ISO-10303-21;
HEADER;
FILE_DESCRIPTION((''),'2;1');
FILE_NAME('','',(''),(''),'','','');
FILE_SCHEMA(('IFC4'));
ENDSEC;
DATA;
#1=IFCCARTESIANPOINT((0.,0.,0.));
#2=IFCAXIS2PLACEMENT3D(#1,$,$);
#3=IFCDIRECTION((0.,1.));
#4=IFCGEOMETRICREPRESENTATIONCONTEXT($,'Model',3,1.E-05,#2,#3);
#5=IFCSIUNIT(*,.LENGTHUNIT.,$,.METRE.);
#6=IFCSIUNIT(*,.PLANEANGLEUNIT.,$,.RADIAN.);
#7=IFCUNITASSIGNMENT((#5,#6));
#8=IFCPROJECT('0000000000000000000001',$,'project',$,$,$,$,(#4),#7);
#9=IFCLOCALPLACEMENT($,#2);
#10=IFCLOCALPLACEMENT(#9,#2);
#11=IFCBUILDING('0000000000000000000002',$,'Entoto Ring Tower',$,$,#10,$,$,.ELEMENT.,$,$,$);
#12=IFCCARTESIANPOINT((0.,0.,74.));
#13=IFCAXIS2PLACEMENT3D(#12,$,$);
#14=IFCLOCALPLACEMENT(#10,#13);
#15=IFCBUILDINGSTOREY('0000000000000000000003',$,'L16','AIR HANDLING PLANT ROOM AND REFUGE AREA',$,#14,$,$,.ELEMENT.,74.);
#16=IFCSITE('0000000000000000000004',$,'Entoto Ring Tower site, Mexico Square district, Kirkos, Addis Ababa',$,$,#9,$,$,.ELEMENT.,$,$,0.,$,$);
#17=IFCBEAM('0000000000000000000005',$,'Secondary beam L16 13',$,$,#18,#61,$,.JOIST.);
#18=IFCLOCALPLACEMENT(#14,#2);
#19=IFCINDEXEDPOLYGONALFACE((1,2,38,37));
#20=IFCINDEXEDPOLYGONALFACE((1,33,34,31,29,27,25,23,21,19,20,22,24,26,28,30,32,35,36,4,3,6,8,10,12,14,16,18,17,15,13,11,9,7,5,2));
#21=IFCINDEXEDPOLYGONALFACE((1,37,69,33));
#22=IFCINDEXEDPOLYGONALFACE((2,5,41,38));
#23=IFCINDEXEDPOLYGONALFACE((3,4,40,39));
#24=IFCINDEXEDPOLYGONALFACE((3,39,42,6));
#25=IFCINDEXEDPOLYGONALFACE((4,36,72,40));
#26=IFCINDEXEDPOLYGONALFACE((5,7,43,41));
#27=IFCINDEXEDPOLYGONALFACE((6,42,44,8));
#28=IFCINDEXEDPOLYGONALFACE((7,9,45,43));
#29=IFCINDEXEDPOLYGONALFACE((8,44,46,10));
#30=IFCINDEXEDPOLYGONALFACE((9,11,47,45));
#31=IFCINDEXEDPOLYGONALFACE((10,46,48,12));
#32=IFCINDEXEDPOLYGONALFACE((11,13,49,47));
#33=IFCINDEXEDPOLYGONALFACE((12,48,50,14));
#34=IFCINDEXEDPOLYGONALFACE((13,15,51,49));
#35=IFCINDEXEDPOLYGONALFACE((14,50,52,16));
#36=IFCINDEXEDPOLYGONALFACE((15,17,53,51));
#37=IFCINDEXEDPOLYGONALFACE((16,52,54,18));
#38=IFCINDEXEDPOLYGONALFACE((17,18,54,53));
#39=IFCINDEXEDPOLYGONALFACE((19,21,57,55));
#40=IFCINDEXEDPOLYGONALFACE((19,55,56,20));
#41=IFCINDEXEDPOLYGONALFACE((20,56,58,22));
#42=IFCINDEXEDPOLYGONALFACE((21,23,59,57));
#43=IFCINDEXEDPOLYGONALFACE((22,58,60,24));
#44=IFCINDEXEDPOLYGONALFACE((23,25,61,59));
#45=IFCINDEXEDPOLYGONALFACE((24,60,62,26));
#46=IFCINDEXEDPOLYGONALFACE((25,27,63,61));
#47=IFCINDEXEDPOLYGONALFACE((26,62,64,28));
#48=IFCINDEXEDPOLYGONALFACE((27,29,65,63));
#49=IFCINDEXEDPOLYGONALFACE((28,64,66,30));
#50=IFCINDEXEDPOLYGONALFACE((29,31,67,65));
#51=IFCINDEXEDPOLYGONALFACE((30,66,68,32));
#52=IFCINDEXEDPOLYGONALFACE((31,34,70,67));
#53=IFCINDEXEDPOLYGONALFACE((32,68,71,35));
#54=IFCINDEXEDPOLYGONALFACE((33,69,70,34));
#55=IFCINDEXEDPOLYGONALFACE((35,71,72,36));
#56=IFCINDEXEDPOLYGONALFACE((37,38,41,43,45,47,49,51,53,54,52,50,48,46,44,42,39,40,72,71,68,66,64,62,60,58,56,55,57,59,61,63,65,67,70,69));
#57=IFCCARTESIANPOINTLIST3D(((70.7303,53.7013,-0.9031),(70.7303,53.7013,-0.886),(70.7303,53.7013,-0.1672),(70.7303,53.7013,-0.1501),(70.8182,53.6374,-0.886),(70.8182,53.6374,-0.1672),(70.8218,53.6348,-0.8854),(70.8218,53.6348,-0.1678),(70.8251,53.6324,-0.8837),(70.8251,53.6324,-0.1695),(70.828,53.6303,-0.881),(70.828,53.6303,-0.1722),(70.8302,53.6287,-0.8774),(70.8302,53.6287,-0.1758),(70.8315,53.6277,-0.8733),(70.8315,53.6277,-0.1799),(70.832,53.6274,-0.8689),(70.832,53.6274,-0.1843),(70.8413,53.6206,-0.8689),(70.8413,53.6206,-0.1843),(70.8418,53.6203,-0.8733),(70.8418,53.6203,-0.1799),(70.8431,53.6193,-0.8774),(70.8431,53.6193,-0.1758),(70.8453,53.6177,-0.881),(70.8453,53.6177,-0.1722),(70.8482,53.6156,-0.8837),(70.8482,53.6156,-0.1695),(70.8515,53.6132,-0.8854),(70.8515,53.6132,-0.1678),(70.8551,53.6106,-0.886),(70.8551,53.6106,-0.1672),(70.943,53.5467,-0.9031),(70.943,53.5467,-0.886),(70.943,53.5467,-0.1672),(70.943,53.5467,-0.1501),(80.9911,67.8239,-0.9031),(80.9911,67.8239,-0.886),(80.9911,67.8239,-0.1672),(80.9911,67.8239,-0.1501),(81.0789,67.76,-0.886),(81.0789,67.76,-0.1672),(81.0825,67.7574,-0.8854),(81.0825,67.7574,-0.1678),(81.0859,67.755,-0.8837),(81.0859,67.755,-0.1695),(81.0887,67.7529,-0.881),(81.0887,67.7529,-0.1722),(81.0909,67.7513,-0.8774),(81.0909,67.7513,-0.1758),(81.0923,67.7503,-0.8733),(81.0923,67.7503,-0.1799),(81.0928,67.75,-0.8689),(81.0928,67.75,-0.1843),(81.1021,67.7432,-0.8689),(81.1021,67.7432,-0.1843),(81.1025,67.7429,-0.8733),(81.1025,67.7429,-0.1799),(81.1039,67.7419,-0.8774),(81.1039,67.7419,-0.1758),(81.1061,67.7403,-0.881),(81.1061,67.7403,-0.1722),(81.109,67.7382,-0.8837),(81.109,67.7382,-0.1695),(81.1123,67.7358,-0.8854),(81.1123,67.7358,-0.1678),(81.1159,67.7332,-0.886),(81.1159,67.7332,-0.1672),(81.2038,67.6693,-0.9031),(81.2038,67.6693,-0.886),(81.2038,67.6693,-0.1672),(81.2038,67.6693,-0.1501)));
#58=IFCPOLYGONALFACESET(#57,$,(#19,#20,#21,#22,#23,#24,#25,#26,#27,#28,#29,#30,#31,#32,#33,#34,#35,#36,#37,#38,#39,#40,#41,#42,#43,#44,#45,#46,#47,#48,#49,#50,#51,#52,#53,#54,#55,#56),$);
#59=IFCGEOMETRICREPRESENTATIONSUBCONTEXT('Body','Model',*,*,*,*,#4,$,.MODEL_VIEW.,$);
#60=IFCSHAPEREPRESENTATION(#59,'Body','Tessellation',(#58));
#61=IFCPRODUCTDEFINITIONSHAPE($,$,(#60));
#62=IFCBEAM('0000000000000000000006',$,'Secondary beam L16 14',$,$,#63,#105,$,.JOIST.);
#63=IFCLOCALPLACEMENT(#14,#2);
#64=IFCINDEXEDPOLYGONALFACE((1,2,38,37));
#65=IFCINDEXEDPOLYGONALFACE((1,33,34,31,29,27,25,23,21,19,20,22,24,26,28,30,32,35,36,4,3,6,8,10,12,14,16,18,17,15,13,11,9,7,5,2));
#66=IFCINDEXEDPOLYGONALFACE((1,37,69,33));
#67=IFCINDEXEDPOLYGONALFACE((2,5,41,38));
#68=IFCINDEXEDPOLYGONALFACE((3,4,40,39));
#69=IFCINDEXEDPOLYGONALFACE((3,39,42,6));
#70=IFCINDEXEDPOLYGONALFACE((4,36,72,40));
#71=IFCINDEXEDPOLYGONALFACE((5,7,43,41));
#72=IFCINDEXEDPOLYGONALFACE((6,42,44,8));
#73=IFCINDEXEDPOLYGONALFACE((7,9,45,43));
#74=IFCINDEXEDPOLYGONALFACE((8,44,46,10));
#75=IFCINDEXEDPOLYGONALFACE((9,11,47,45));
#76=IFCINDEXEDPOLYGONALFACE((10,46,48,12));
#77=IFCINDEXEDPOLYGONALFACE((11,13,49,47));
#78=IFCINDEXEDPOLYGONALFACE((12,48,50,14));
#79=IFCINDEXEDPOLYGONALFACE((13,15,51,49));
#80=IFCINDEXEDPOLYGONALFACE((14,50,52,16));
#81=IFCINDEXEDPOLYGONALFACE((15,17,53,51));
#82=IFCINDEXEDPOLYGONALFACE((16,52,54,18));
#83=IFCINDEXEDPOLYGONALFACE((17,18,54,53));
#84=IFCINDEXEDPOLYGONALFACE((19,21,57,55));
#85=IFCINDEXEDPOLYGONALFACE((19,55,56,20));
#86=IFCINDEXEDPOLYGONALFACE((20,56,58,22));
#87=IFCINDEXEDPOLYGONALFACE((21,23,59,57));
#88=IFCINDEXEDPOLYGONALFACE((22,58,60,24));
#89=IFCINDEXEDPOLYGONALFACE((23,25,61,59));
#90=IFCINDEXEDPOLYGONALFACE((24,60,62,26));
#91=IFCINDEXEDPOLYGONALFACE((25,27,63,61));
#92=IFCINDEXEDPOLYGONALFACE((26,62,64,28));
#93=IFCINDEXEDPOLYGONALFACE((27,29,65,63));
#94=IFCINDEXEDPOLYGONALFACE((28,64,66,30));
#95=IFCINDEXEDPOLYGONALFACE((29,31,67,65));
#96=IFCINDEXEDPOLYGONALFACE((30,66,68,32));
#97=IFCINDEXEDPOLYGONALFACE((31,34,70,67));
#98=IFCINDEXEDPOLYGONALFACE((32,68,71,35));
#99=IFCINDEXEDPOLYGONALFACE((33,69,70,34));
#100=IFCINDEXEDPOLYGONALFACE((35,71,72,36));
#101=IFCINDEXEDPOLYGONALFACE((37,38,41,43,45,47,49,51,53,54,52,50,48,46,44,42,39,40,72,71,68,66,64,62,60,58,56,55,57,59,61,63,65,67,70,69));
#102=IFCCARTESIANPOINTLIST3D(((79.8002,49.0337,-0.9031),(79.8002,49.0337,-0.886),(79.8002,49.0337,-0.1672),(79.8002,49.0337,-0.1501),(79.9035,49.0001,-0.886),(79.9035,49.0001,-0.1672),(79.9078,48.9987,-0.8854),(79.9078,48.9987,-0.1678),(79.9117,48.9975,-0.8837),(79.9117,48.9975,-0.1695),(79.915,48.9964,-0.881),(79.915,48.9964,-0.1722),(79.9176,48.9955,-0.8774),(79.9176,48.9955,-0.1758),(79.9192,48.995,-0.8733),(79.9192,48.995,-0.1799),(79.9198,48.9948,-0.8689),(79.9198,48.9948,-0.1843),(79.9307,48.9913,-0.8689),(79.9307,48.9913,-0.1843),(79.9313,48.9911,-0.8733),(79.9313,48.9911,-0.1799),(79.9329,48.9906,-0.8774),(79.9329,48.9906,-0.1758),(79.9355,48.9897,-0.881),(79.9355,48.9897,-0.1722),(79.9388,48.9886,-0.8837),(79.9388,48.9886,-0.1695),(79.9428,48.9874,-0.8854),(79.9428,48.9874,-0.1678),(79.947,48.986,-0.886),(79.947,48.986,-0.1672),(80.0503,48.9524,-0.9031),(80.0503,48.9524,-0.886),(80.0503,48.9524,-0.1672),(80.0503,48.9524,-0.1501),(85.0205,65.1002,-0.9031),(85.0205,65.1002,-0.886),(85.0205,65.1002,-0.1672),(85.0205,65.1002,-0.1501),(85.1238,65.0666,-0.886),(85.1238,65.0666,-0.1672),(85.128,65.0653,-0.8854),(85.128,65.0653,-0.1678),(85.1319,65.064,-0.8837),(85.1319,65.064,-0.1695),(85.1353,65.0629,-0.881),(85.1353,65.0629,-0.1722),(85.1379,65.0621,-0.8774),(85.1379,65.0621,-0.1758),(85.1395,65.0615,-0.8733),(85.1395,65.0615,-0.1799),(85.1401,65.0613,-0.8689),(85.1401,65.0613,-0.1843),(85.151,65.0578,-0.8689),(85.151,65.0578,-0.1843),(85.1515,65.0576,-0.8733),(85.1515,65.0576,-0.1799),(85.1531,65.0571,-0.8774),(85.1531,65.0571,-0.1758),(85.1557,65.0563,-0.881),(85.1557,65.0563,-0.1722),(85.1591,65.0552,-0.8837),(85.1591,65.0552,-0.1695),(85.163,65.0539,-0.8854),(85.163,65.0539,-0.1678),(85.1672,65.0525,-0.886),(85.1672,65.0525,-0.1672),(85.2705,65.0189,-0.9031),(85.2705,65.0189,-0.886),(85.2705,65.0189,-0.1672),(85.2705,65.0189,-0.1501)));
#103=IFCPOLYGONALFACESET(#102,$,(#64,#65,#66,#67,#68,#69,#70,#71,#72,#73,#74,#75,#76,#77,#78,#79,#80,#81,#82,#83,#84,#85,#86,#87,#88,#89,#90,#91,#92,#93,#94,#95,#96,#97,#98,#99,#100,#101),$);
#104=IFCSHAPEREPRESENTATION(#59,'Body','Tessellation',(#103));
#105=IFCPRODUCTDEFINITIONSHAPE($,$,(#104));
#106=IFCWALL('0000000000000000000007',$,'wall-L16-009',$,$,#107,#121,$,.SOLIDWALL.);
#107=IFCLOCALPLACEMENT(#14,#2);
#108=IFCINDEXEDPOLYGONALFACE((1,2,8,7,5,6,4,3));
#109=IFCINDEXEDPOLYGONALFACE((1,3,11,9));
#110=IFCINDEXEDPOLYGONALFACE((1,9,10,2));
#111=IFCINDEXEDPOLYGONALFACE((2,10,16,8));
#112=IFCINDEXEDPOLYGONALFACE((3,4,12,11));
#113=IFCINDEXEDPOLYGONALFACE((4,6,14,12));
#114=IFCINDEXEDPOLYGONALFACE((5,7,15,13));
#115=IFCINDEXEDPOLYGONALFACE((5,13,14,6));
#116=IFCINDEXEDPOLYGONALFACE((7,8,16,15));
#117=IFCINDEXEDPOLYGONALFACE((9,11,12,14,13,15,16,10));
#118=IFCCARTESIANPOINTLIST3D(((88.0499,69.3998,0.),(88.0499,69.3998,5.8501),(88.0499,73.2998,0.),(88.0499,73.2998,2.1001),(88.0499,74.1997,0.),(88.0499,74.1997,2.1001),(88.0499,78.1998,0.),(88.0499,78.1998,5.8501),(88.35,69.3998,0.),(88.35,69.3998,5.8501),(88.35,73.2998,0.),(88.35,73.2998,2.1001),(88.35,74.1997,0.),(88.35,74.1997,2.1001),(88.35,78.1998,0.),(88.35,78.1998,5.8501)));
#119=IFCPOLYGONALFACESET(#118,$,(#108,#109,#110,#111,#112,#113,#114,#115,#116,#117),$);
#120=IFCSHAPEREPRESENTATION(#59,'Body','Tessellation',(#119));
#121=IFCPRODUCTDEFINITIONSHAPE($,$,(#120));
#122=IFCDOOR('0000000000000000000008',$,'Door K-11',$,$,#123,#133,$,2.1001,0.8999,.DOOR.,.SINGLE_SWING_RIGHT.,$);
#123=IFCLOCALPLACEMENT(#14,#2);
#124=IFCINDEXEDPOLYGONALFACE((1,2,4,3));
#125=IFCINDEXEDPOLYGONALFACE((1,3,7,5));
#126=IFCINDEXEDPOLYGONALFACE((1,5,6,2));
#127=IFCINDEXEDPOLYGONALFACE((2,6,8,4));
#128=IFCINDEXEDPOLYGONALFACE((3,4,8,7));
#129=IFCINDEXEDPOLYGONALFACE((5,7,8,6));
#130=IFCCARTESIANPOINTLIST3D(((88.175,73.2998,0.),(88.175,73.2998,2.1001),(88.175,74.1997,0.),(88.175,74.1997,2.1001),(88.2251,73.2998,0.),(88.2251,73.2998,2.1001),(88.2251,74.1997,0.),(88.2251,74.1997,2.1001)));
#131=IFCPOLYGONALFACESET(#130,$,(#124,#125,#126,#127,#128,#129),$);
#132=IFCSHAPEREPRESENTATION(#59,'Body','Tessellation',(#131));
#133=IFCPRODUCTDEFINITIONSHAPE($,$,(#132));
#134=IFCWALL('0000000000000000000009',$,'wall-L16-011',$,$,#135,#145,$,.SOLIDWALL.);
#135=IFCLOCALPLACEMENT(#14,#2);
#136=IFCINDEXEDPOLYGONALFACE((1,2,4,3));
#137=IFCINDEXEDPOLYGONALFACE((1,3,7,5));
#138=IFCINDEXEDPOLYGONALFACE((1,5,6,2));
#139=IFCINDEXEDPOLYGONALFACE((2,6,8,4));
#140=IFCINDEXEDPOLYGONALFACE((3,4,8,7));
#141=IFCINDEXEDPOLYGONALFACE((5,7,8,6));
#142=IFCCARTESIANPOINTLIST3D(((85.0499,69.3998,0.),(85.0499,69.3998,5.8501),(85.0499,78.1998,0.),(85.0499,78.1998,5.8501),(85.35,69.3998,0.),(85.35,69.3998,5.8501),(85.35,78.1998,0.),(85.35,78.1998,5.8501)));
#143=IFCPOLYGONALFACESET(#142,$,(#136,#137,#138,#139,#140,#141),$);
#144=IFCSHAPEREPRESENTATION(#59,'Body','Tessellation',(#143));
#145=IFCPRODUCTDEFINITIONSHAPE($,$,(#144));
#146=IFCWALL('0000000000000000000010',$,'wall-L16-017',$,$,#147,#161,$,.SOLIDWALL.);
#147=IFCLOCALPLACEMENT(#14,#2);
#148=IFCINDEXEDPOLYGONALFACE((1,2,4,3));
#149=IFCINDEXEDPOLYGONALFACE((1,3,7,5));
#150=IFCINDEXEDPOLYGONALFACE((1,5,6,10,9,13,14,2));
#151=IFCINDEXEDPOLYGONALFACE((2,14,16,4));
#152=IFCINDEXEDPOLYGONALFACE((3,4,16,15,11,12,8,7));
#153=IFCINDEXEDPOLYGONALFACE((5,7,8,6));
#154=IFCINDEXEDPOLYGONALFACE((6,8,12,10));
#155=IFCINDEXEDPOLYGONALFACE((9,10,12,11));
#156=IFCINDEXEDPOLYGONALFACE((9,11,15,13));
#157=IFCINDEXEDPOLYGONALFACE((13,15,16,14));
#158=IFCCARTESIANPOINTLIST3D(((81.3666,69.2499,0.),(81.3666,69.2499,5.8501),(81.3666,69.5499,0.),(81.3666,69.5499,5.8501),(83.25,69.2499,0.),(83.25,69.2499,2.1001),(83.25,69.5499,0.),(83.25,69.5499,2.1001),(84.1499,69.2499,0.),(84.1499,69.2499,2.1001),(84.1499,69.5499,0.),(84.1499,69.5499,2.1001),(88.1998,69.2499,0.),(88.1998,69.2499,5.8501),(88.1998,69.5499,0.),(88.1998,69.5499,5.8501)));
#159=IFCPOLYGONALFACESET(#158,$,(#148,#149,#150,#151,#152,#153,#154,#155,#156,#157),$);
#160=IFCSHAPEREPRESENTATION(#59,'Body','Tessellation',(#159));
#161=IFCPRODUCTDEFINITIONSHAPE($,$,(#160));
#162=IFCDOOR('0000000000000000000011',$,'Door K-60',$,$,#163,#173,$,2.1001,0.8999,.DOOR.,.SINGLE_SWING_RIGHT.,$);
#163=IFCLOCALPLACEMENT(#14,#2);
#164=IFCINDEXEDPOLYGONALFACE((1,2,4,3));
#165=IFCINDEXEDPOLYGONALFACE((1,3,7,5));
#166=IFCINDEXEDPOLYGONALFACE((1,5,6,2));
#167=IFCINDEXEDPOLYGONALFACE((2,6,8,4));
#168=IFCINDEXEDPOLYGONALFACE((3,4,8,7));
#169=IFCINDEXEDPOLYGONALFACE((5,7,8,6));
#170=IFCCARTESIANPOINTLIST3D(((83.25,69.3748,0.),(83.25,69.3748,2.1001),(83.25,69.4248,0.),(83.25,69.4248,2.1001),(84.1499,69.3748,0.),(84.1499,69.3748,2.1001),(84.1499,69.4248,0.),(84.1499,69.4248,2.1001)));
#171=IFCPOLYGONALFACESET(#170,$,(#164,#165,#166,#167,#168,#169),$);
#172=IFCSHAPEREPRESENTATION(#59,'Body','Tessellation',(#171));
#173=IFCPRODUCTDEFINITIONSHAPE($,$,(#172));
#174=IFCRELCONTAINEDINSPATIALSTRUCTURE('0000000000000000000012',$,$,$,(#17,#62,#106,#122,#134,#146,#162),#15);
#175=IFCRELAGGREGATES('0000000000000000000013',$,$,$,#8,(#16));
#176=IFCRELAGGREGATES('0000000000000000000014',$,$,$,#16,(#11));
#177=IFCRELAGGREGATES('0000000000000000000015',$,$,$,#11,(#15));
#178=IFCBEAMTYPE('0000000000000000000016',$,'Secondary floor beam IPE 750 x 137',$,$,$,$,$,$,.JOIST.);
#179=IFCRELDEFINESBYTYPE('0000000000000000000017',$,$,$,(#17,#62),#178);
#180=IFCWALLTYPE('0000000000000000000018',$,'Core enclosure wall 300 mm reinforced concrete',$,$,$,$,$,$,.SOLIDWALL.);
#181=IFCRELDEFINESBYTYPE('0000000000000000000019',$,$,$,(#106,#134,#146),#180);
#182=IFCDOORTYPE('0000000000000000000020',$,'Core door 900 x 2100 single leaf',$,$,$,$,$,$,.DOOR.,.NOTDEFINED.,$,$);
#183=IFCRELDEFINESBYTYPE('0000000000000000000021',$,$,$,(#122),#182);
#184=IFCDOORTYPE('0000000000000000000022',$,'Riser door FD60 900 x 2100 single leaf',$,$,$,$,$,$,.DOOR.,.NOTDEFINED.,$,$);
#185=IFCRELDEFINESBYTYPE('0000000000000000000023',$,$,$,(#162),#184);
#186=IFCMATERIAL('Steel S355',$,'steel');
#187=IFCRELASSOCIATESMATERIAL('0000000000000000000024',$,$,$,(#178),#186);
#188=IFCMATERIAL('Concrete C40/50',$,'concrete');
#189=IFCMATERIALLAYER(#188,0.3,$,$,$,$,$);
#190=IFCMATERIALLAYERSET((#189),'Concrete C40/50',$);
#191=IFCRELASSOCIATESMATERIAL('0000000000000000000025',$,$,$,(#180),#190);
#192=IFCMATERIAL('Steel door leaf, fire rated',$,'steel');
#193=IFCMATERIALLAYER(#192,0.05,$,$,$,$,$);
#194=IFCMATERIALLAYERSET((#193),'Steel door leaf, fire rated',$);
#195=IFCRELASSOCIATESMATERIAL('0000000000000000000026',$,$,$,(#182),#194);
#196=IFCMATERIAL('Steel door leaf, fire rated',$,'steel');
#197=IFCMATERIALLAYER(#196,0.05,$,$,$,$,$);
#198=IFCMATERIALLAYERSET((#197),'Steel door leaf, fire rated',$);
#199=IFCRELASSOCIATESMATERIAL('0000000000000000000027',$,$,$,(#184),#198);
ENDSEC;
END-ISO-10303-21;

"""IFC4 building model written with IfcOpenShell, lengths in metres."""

from ifc_helpers import new_model, si_unit, direction, frame, frame_2d, origin, origin_2d, place, context, subcontext, project, spatial, rectangle, i_section, extrude, material, layer, layer_set, material_profile, profile_set, type_object, element, fill, save


model = new_model("IFC4")

# Units and contexts
model_context = context("Model", 3, precision=1e-05, world=origin(), true_north=direction((0.0, 1.0)))
body_context = subcontext(model_context, "Body", "Model", "MODEL_VIEW")
ifc_project = project(units=[si_unit("LENGTHUNIT", "METRE"), si_unit("PLANEANGLEUNIT", "RADIAN")], contexts=[model_context])

# Site, building, storey
site_placement = place(None, origin())
site = spatial("IfcSite", under=ifc_project, at=site_placement, Name="Entoto Ring Tower site, Mexico Square district, Kirkos, Addis Ababa", CompositionType="ELEMENT", RefElevation=0.0)
building_placement = place(site_placement, origin())
building = spatial("IfcBuilding", under=site, at=building_placement, Name="Entoto Ring Tower", CompositionType="ELEMENT")
storey_placement = place(building_placement, frame((0.0, 0.0, 74.0)))
storey = spatial("IfcBuildingStorey", under=building, at=storey_placement, Name="L16", Description="AIR HANDLING PLANT ROOM AND REFUGE AREA", CompositionType="ELEMENT", Elevation=74.0)

# Beams
ifc_material_1 = material(Name="Steel S355", Category="steel")
ifc_material_profile_1 = material_profile(ifc_material_1, i_section(OverallWidth=0.2629, OverallDepth=0.7529, WebThickness=0.0115, FlangeThickness=0.0171, FilletRadius=0.0171, at=origin_2d()), Name="IPE 750 x 137")
ifc_profile_set_1 = profile_set([ifc_material_profile_1], Name="Steel S355")
beam_type_1 = type_object("IfcBeamType", Name="Secondary floor beam IPE 750 x 137", PredefinedType="JOIST", material=ifc_profile_set_1)
beam_1_placement = place(storey_placement, frame((81.0974, 67.7466, -0.5266), z_axis=(-0.587789, -0.809014, 0.0), x_axis=(0.809014, -0.587789, 0.0)))
element("IfcBeam", 1, at=beam_1_placement, inside=storey, type_object=beam_type_1, Name="Secondary beam L16 13", PredefinedType="JOIST", context=body_context, shape_type="SweptSolid", body=[
    extrude(i_section(OverallWidth=0.2629, OverallDepth=0.7529, WebThickness=0.0115, FlangeThickness=0.0171, FilletRadius=0.0171, at=origin_2d()), origin(), (0.0, 0.0, 1.0), 17.4565),
])
beam_2_placement = place(storey_placement, frame((85.1455, 65.0596, -0.5266), z_axis=(-0.309013, -0.951058, 0.0), x_axis=(0.951058, -0.309013, 0.0)))
element("IfcBeam", 2, at=beam_2_placement, inside=storey, type_object=beam_type_1, Name="Secondary beam L16 14", PredefinedType="JOIST", context=body_context, shape_type="SweptSolid", body=[
    extrude(i_section(OverallWidth=0.2629, OverallDepth=0.7529, WebThickness=0.0115, FlangeThickness=0.0171, FilletRadius=0.0171, at=origin_2d()), origin(), (0.0, 0.0, 1.0), 16.8933),
])

# Wall, opening, door
ifc_material_2 = material(Name="Concrete C40/50", Category="concrete")
ifc_layer_1 = layer(ifc_material_2, 0.3)
ifc_layer_set_1 = layer_set([ifc_layer_1], Name="Concrete C40/50")
wall_type_1 = type_object("IfcWallType", Name="Core enclosure wall 300 mm reinforced concrete", PredefinedType="SOLIDWALL", material=ifc_layer_set_1)
wall_1_placement = place(storey_placement, frame((88.2, 69.3999, 0.0), z_axis=(0.0, 0.0, 1.0), x_axis=(0.0, 1.0, 0.0)))
wall_1 = element("IfcWall", 3, at=wall_1_placement, inside=storey, type_object=wall_type_1, Name="wall-L16-009", PredefinedType="SOLIDWALL", context=body_context, shape_type="SweptSolid", body=[
    extrude(rectangle(XDim=8.8, YDim=0.3, at=frame_2d((4.3999, 0.0))), origin(), (0.0, 0.0, 1.0), 5.8501),
])
opening_1_placement = place(wall_1_placement, frame((3.8999, 0.0, 0.0)))
opening_1 = element("IfcOpeningElement", 4, at=opening_1_placement, cuts=wall_1, PredefinedType="OPENING", context=body_context, shape_type="SweptSolid", body=[
    extrude(rectangle(XDim=0.8999, YDim=2.1001, at=frame_2d((0.45, 1.05))), frame((0.0, 0.1602, 0.0), z_axis=(0.0, -1.0, 0.0), x_axis=(1.0, 0.0, 0.0)), (0.0, 0.0, 1.0), 0.3201),
])
ifc_material_3 = material(Name="Steel door leaf, fire rated", Category="steel")
ifc_layer_2 = layer(ifc_material_3, 0.05)
ifc_layer_set_2 = layer_set([ifc_layer_2], Name="Steel door leaf, fire rated")
door_type_1 = type_object("IfcDoorType", Name="Core door 900 x 2100 single leaf", OperationType="NOTDEFINED", PredefinedType="DOOR", material=ifc_layer_set_2)
door_1_placement = place(opening_1_placement, origin())
door_1 = element("IfcDoor", 5, at=door_1_placement, inside=storey, type_object=door_type_1, Name="Door K-11", OperationType="SINGLE_SWING_RIGHT", OverallHeight=2.1001, OverallWidth=0.8999, PredefinedType="DOOR", context=body_context, shape_type="SweptSolid", body=[
    extrude(rectangle(XDim=0.8999, YDim=2.1001, at=frame_2d((0.45, 1.05))), frame((0.0, 0.0249, 0.0), z_axis=(0.0, -1.0, 0.0), x_axis=(1.0, 0.0, 0.0)), (0.0, 0.0, 1.0), 0.05),
])
fill(opening_1, door_1)

# Wall
wall_2_placement = place(storey_placement, frame((85.2, 69.3999, 0.0), z_axis=(0.0, 0.0, 1.0), x_axis=(0.0, 1.0, 0.0)))
element("IfcWall", 6, at=wall_2_placement, inside=storey, type_object=wall_type_1, Name="wall-L16-011", PredefinedType="SOLIDWALL", context=body_context, shape_type="SweptSolid", body=[
    extrude(rectangle(XDim=8.8, YDim=0.3, at=frame_2d((4.3999, 0.0))), origin(), (0.0, 0.0, 1.0), 5.8501),
])

# Wall, opening, door
wall_3_placement = place(storey_placement, frame((81.3667, 69.3999, 0.0), z_axis=(0.0, 0.0, 1.0), x_axis=(1.0, 0.0, 0.0)))
wall_3 = element("IfcWall", 7, at=wall_3_placement, inside=storey, type_object=wall_type_1, Name="wall-L16-017", PredefinedType="SOLIDWALL", context=body_context, shape_type="SweptSolid", body=[
    extrude(rectangle(XDim=6.8333, YDim=0.3, at=frame_2d((3.4165, 0.0))), origin(), (0.0, 0.0, 1.0), 5.8501),
])
opening_2_placement = place(wall_3_placement, frame((1.8833, 0.0, 0.0)))
opening_2 = element("IfcOpeningElement", 8, at=opening_2_placement, cuts=wall_3, PredefinedType="OPENING", context=body_context, shape_type="SweptSolid", body=[
    extrude(rectangle(XDim=0.8999, YDim=2.1001, at=frame_2d((0.45, 1.05))), frame((0.0, 0.1602, 0.0), z_axis=(0.0, -1.0, 0.0), x_axis=(1.0, 0.0, 0.0)), (0.0, 0.0, 1.0), 0.3201),
])
ifc_material_4 = material(Name="Steel door leaf, fire rated", Category="steel")
ifc_layer_3 = layer(ifc_material_4, 0.05)
ifc_layer_set_3 = layer_set([ifc_layer_3], Name="Steel door leaf, fire rated")
door_type_2 = type_object("IfcDoorType", Name="Riser door FD60 900 x 2100 single leaf", OperationType="NOTDEFINED", PredefinedType="DOOR", material=ifc_layer_set_3)
door_2_placement = place(opening_2_placement, origin())
door_2 = element("IfcDoor", 9, at=door_2_placement, inside=storey, type_object=door_type_2, Name="Door K-60", OperationType="SINGLE_SWING_RIGHT", OverallHeight=2.1001, OverallWidth=0.8999, PredefinedType="DOOR", context=body_context, shape_type="SweptSolid", body=[
    extrude(rectangle(XDim=0.8999, YDim=2.1001, at=frame_2d((0.45, 1.05))), frame((0.0, 0.0249, 0.0), z_axis=(0.0, -1.0, 0.0), x_axis=(1.0, 0.0, 0.0)), (0.0, 0.0, 1.0), 0.05),
])
fill(opening_2, door_2)

save(model, "model.ifc")
